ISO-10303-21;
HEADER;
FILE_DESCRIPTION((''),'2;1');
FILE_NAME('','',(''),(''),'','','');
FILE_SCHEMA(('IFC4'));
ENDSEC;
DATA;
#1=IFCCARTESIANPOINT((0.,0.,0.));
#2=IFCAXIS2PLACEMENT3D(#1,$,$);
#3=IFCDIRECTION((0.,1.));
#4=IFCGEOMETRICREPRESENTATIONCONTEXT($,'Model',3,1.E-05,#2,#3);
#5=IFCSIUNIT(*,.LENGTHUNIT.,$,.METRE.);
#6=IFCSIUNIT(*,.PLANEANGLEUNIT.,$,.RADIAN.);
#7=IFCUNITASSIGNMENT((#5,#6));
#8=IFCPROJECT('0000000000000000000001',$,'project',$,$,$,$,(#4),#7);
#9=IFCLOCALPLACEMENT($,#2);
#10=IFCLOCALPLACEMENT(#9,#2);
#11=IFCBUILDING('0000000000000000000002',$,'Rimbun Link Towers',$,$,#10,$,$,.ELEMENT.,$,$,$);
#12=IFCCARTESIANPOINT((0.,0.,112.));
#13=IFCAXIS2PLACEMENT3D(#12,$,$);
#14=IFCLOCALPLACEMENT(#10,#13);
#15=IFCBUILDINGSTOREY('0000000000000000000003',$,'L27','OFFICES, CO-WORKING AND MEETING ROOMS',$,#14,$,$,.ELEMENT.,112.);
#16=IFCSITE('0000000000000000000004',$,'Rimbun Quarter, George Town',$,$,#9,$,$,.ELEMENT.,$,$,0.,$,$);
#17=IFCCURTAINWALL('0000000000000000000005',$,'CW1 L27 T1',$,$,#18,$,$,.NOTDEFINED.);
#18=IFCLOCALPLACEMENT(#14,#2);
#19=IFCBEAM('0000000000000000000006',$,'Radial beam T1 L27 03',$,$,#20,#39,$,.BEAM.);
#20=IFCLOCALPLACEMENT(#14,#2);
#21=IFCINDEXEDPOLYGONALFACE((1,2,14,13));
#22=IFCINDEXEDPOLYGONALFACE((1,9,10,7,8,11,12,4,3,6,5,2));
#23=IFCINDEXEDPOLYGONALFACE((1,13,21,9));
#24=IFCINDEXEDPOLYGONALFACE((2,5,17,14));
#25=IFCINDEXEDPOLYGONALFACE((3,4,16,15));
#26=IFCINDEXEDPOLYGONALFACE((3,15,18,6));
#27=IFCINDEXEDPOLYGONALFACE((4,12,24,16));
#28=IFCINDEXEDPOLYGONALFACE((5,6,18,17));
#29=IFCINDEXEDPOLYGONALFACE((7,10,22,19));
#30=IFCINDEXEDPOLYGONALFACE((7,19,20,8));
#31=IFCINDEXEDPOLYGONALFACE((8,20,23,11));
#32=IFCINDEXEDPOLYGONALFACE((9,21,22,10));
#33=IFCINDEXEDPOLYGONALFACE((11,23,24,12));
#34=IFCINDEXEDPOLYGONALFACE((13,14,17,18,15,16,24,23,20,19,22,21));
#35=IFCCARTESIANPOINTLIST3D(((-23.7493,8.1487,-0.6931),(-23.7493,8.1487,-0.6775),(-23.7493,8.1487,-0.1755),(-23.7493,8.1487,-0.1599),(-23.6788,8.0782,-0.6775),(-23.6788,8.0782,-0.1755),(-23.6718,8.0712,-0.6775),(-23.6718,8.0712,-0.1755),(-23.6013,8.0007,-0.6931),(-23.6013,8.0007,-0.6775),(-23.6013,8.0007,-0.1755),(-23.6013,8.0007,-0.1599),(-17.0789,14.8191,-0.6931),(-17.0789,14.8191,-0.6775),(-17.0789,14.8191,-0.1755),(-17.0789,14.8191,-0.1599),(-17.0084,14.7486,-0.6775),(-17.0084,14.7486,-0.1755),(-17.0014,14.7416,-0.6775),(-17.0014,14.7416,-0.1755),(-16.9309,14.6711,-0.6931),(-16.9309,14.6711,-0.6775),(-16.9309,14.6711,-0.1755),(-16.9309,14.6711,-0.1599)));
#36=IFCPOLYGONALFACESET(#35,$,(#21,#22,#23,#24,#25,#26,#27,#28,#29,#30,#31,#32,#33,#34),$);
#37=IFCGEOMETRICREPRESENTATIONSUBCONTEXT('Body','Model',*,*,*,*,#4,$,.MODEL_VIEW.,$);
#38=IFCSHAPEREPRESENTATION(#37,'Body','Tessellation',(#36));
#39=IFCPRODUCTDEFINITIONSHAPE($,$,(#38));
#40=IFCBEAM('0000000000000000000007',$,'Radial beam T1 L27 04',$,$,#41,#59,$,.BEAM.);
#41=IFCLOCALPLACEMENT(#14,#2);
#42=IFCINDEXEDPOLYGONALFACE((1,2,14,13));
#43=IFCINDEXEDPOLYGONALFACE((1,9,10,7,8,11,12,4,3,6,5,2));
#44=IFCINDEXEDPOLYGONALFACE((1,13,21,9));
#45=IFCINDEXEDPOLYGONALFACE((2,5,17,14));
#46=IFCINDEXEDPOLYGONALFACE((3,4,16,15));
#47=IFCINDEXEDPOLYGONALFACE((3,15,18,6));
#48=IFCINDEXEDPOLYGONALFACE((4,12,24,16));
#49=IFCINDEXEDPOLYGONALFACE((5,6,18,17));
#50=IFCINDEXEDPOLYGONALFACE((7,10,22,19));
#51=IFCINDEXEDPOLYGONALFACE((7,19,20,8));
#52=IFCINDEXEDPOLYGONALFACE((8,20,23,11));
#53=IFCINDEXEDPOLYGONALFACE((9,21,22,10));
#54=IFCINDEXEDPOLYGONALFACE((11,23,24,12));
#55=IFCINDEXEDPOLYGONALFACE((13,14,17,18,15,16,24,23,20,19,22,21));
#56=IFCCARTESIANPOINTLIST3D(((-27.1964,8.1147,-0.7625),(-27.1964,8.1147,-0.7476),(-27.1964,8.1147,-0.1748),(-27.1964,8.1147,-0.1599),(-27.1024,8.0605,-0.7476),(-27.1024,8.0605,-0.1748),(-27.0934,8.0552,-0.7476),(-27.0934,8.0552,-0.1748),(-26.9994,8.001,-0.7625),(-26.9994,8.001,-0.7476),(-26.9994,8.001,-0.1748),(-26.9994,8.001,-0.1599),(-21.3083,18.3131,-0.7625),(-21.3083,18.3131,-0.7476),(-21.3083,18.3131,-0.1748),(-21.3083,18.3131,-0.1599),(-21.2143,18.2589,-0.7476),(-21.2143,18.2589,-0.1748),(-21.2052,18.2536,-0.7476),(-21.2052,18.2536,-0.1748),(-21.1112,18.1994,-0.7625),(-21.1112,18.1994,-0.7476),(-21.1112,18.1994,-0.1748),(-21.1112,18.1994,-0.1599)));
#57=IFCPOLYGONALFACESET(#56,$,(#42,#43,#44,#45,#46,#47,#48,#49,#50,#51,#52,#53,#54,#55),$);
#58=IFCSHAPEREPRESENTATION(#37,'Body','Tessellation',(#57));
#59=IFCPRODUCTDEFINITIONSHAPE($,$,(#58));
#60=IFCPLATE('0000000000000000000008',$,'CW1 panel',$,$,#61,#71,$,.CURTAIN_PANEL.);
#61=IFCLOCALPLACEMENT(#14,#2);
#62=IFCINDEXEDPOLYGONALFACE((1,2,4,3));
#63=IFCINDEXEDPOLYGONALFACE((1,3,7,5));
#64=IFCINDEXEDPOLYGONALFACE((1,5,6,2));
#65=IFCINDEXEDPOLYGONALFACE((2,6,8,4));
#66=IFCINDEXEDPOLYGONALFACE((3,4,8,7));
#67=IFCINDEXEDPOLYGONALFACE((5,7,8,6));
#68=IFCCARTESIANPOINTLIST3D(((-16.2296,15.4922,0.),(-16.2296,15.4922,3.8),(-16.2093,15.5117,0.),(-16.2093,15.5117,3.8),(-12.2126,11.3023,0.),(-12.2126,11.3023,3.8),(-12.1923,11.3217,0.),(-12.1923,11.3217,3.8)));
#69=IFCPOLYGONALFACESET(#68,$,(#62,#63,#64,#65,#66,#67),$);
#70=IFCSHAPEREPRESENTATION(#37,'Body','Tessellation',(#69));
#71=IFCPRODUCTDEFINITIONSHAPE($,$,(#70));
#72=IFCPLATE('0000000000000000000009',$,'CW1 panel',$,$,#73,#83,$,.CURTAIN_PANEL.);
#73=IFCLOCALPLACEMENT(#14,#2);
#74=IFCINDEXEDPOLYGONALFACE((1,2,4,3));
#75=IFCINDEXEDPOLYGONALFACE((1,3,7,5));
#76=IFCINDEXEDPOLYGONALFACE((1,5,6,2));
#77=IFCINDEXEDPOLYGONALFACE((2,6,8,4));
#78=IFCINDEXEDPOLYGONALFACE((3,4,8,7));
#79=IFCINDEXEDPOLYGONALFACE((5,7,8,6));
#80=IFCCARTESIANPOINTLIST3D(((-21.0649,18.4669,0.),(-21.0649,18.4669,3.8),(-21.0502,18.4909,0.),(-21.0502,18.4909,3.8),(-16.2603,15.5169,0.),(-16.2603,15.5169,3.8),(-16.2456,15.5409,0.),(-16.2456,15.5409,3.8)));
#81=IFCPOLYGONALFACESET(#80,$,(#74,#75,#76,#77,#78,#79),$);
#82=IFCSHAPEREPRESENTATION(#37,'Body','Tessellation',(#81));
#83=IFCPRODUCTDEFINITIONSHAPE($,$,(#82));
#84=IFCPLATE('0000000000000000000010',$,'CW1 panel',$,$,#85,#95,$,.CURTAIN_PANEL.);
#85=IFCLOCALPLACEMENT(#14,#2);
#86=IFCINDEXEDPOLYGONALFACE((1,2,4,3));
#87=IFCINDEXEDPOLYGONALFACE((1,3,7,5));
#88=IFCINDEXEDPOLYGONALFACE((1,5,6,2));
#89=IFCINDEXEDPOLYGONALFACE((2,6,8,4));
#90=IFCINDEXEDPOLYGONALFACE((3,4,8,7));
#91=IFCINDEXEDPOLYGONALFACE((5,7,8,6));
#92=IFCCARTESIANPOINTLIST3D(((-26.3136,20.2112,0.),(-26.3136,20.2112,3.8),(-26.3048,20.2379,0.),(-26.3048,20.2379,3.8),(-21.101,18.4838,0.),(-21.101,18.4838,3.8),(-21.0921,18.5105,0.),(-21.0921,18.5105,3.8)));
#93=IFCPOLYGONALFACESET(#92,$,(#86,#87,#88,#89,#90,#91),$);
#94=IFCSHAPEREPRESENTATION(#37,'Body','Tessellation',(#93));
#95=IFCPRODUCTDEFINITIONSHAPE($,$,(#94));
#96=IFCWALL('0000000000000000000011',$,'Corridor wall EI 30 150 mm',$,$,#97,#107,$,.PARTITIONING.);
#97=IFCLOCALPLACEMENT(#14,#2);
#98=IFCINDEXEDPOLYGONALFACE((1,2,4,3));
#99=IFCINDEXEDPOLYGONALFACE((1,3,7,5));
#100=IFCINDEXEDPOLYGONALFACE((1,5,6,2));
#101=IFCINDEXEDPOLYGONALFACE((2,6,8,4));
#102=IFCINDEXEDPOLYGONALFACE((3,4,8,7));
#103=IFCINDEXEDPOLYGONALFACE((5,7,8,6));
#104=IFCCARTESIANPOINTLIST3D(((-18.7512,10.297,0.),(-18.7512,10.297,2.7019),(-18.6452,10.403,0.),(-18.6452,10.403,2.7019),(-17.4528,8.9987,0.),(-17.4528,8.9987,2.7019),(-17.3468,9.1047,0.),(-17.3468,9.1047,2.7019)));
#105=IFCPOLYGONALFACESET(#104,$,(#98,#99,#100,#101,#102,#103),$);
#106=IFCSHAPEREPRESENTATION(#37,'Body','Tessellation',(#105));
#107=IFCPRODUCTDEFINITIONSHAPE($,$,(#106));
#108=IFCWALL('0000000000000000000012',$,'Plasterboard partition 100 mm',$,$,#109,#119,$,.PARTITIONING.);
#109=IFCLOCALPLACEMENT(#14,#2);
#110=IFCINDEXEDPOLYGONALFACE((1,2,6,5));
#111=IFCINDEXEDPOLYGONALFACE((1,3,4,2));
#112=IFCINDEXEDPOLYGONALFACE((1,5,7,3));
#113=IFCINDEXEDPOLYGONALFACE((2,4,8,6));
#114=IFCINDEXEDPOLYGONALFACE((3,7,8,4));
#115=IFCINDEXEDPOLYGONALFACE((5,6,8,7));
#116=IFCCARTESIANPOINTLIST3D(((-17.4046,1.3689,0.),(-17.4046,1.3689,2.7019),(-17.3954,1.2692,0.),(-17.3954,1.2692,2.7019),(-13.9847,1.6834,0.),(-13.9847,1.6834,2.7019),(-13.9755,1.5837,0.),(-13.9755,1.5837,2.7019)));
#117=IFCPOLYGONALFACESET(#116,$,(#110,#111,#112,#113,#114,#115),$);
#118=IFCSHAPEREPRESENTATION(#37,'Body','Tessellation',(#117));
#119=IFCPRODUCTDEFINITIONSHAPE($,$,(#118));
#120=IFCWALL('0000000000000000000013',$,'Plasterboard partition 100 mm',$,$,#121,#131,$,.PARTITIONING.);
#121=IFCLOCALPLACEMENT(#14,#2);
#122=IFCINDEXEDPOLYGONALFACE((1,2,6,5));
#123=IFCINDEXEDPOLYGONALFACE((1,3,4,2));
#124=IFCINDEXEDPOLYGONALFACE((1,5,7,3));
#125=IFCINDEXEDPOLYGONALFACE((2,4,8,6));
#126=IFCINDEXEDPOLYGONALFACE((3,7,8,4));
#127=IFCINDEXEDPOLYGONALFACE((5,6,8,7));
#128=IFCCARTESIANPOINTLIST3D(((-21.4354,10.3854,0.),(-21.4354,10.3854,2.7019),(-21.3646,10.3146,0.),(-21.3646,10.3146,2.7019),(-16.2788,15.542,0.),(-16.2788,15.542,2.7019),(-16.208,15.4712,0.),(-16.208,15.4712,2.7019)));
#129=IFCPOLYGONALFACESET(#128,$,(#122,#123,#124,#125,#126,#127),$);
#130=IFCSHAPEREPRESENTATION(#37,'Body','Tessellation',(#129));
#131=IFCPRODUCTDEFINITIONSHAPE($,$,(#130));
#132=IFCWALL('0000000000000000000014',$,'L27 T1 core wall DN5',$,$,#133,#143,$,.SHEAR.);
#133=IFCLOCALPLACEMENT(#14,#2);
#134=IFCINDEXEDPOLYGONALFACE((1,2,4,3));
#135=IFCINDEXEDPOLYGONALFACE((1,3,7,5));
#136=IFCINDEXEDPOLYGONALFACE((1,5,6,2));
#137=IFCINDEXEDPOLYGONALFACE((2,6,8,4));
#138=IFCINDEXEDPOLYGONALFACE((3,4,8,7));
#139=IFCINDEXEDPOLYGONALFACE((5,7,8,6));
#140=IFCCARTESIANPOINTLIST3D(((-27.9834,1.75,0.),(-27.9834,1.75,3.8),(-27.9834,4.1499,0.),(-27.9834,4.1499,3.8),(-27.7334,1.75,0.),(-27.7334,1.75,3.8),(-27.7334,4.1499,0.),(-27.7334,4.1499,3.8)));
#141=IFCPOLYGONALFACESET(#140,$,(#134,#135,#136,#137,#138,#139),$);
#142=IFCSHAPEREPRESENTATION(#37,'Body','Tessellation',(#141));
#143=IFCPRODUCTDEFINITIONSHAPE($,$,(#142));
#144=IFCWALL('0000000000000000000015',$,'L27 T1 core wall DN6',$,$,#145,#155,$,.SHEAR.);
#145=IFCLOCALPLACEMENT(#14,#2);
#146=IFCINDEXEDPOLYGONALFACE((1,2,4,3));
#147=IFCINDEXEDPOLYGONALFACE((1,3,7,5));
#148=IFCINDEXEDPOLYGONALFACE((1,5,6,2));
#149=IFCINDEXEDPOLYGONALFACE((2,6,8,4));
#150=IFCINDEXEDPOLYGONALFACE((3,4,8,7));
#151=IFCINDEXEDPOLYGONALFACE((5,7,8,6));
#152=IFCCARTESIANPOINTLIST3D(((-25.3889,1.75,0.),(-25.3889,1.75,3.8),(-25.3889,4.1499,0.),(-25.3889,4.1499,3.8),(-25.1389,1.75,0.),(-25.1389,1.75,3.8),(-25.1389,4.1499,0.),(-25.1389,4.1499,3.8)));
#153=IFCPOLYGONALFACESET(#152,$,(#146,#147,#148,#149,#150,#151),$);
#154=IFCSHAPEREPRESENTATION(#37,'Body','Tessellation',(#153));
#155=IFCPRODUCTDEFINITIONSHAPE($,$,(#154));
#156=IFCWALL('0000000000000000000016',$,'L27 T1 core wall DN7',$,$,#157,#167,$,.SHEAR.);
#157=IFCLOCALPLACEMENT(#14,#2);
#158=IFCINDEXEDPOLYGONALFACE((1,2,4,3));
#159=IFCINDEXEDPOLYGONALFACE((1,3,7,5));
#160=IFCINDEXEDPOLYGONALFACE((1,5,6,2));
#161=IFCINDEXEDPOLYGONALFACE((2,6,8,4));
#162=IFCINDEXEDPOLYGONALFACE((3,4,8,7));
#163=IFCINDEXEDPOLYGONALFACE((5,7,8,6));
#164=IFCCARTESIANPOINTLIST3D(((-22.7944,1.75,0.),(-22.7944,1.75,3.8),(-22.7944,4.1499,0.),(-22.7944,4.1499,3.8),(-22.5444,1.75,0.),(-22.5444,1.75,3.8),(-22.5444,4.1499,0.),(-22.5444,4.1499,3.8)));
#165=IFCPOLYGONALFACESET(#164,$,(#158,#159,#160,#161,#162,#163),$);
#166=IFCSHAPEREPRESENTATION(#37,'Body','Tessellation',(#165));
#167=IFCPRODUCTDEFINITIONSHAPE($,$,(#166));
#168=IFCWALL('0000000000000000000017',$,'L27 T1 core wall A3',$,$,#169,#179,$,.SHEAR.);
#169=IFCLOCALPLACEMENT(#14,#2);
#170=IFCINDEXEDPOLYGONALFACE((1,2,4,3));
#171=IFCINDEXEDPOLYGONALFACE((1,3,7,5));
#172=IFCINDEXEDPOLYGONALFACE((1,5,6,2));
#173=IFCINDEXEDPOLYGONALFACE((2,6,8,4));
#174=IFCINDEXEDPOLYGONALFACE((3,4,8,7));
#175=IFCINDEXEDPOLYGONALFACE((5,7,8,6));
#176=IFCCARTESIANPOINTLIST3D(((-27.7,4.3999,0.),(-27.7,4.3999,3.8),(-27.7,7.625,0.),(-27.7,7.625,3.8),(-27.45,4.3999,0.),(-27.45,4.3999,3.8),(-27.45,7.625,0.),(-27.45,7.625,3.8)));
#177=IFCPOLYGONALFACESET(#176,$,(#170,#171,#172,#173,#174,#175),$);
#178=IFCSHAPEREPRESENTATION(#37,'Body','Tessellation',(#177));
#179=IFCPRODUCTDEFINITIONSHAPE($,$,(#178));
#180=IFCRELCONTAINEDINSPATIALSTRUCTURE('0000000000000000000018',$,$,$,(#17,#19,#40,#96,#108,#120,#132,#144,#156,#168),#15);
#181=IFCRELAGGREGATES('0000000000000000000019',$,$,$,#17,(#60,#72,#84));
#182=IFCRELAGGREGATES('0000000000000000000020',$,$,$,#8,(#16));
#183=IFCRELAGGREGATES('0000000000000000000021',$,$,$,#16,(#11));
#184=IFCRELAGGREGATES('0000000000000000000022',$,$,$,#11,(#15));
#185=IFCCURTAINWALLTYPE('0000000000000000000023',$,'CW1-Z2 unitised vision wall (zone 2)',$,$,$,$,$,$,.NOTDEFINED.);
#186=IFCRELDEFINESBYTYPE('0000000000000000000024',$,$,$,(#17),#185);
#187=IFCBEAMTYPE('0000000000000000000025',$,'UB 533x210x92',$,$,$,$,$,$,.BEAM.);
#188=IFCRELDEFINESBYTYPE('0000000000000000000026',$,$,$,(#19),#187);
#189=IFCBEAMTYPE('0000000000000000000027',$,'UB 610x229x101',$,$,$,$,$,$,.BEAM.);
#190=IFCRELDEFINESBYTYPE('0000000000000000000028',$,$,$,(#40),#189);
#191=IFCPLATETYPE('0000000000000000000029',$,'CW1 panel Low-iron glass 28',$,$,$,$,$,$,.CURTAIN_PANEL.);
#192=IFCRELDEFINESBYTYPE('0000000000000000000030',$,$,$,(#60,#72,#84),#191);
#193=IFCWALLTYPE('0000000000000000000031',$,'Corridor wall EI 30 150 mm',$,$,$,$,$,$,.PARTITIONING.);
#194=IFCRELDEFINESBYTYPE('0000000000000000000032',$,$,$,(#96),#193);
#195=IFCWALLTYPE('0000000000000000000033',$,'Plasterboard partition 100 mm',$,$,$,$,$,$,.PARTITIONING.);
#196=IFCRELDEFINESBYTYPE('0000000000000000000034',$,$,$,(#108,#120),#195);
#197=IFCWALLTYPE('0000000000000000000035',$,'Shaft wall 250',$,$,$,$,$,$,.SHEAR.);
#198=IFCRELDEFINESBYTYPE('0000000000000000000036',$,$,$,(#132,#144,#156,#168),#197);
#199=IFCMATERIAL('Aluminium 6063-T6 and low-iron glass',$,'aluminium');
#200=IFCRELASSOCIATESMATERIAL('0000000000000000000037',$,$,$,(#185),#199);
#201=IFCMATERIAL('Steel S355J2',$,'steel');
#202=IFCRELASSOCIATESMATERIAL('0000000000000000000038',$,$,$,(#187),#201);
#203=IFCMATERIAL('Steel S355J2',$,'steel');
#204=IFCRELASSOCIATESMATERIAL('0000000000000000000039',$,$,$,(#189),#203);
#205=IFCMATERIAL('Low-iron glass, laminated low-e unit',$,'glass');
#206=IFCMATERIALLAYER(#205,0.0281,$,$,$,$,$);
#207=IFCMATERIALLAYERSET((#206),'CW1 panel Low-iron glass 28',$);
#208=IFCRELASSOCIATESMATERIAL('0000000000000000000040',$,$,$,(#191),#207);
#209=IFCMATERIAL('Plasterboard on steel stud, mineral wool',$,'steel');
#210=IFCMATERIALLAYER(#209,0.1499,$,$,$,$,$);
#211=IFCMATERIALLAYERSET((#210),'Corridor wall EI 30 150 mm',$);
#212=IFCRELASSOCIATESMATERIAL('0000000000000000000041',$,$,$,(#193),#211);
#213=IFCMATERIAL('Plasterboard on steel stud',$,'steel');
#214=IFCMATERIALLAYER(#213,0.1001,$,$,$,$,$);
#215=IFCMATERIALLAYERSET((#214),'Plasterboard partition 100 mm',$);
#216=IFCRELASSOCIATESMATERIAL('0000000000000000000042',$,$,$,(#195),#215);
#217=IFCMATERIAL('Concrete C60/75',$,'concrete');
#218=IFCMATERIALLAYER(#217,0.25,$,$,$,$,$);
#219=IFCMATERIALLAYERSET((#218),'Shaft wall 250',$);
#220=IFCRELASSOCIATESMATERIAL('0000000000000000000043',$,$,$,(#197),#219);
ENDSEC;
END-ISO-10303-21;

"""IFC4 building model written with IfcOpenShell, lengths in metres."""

from ifc_helpers import new_model, si_unit, direction, frame, frame_2d, origin, origin_2d, place, context, subcontext, project, spatial, rectangle, i_section, extrude, material, layer, layer_set, material_profile, profile_set, type_object, element, aggregate, save


model = new_model("IFC4")

# Units and contexts
model_context = context("Model", 3, precision=1e-05, world=origin(), true_north=direction((0.0, 1.0)))
body_context = subcontext(model_context, "Body", "Model", "MODEL_VIEW")
ifc_project = project(units=[si_unit("LENGTHUNIT", "METRE"), si_unit("PLANEANGLEUNIT", "RADIAN")], contexts=[model_context])

# Site, building, storey
site_placement = place(None, origin())
site = spatial("IfcSite", under=ifc_project, at=site_placement, Name="Rimbun Quarter, George Town", CompositionType="ELEMENT", RefElevation=0.0)
building_placement = place(site_placement, origin())
building = spatial("IfcBuilding", under=site, at=building_placement, Name="Rimbun Link Towers", CompositionType="ELEMENT")
storey_placement = place(building_placement, frame((0.0, 0.0, 112.0)))
storey = spatial("IfcBuildingStorey", under=building, at=storey_placement, Name="L27", Description="OFFICES, CO-WORKING AND MEETING ROOMS", CompositionType="ELEMENT", Elevation=112.0)

# Curtain wall
ifc_material_1 = material(Name="Aluminium 6063-T6 and low-iron glass", Category="aluminium")
curtain_wall_type = type_object("IfcCurtainWallType", Name="CW1-Z2 unitised vision wall (zone 2)", PredefinedType="NOTDEFINED", material=ifc_material_1)
curtain_wall_placement = place(storey_placement, origin())
curtain_wall = element("IfcCurtainWall", 1, at=curtain_wall_placement, inside=storey, type_object=curtain_wall_type, Name="CW1 L27 T1", PredefinedType="NOTDEFINED")

# Beams
ifc_material_2 = material(Name="Steel S355J2", Category="steel")
ifc_material_profile_1 = material_profile(ifc_material_2, i_section(OverallWidth=0.2092, OverallDepth=0.5332, WebThickness=0.01, FlangeThickness=0.0156, at=origin_2d()), Name="UB 533x210x92")
ifc_profile_set_1 = profile_set([ifc_material_profile_1], Name="Steel S355J2")
beam_type_1 = type_object("IfcBeamType", Name="UB 533x210x92", PredefinedType="BEAM", material=ifc_profile_set_1)
beam_1_placement = place(storey_placement, frame((-23.6753, 8.0747, -0.4265), z_axis=(0.707107, 0.707107, 0.0), x_axis=(-0.707107, 0.707107, 0.0)))
element("IfcBeam", 2, at=beam_1_placement, inside=storey, type_object=beam_type_1, Name="Radial beam T1 L27 03", PredefinedType="BEAM", context=body_context, shape_type="SweptSolid", body=[
    extrude(i_section(OverallWidth=0.2092, OverallDepth=0.5332, WebThickness=0.01, FlangeThickness=0.0156, at=origin_2d()), origin(), (0.0, 0.0, 1.0), 9.4333),
])
ifc_material_3 = material(Name="Steel S355J2", Category="steel")
ifc_material_profile_2 = material_profile(ifc_material_3, i_section(OverallWidth=0.2275, OverallDepth=0.6025, WebThickness=0.0105, FlangeThickness=0.0149, at=origin_2d()), Name="UB 610x229x101")
ifc_profile_set_2 = profile_set([ifc_material_profile_2], Name="Steel S355J2")
beam_type_2 = type_object("IfcBeamType", Name="UB 610x229x101", PredefinedType="BEAM", material=ifc_profile_set_2)
beam_2_placement = place(storey_placement, frame((-27.0979, 8.0579, -0.4612), z_axis=(0.500005, 0.866022, 0.0), x_axis=(-0.866022, 0.500005, 0.0)))
element("IfcBeam", 3, at=beam_2_placement, inside=storey, type_object=beam_type_2, Name="Radial beam T1 L27 04", PredefinedType="BEAM", context=body_context, shape_type="SweptSolid", body=[
    extrude(i_section(OverallWidth=0.2275, OverallDepth=0.6025, WebThickness=0.0105, FlangeThickness=0.0149, at=origin_2d()), origin(), (0.0, 0.0, 1.0), 11.7761),
])

# Plates
ifc_material_4 = material(Name="Low-iron glass, laminated low-e unit", Category="glass")
ifc_layer_1 = layer(ifc_material_4, 0.0281)
ifc_layer_set_1 = layer_set([ifc_layer_1], Name="CW1 panel Low-iron glass 28")
plate_type = type_object("IfcPlateType", Name="CW1 panel Low-iron glass 28", PredefinedType="CURTAIN_PANEL", material=ifc_layer_set_1)
plate_1_placement = place(storey_placement, frame((-14.2109, 13.407, 0.0), z_axis=(0.0, 0.0, 1.0), x_axis=(0.692055, -0.721845, 0.0)))
plate_1 = element("IfcPlate", 4, at=plate_1_placement, type_object=plate_type, Name="CW1 panel", PredefinedType="CURTAIN_PANEL", context=body_context, shape_type="SweptSolid", body=[
    extrude(rectangle(XDim=5.8044, YDim=0.0281, at=origin_2d()), origin(), (0.0, 0.0, 1.0), 3.8),
])
plate_2_placement = place(storey_placement, frame((-18.6553, 17.0039, 0.0), z_axis=(0.0, 0.0, 1.0), x_axis=(0.852185, -0.523241, 0.0)))
plate_2 = element("IfcPlate", 5, at=plate_2_placement, type_object=plate_type, Name="CW1 panel", PredefinedType="CURTAIN_PANEL", context=body_context, shape_type="SweptSolid", body=[
    extrude(rectangle(XDim=5.6379, YDim=0.0281, at=origin_2d()), origin(), (0.0, 0.0, 1.0), 3.8),
])
plate_3_placement = place(storey_placement, frame((-23.7029, 19.3608, 0.0), z_axis=(0.0, 0.0, 1.0), x_axis=(0.949237, -0.314562, 0.0)))
plate_3 = element("IfcPlate", 6, at=plate_3_placement, type_object=plate_type, Name="CW1 panel", PredefinedType="CURTAIN_PANEL", context=body_context, shape_type="SweptSolid", body=[
    extrude(rectangle(XDim=5.4915, YDim=0.0281, at=origin_2d()), origin(), (0.0, 0.0, 1.0), 3.8),
])
aggregate(curtain_wall, [plate_1, plate_2, plate_3])

# Walls
ifc_material_5 = material(Name="Plasterboard on steel stud, mineral wool", Category="steel")
ifc_layer_2 = layer(ifc_material_5, 0.1499)
ifc_layer_set_2 = layer_set([ifc_layer_2], Name="Corridor wall EI 30 150 mm")
wall_type_1 = type_object("IfcWallType", Name="Corridor wall EI 30 150 mm", PredefinedType="PARTITIONING", material=ifc_layer_set_2)
wall_1_placement = place(storey_placement, frame((-17.3999, 9.0518, 0.0), z_axis=(0.0, 0.0, 1.0), x_axis=(-0.707107, 0.707107, 0.0)))
element("IfcWall", 7, at=wall_1_placement, inside=storey, type_object=wall_type_1, Name="Corridor wall EI 30 150 mm", PredefinedType="PARTITIONING", context=body_context, shape_type="SweptSolid", body=[
    extrude(rectangle(XDim=1.8362, YDim=0.1499, at=frame_2d((0.918, 0.0))), origin(), (0.0, 0.0, 1.0), 2.7019),
])
ifc_material_6 = material(Name="Plasterboard on steel stud", Category="steel")
ifc_layer_3 = layer(ifc_material_6, 0.1001)
ifc_layer_set_3 = layer_set([ifc_layer_3], Name="Plasterboard partition 100 mm")
wall_type_2 = type_object("IfcWallType", Name="Plasterboard partition 100 mm", PredefinedType="PARTITIONING", material=ifc_layer_set_3)
wall_2_placement = place(storey_placement, frame((-13.98, 1.6335, 0.0), z_axis=(0.0, 0.0, 1.0), x_axis=(-0.995799, -0.091561, 0.0)))
element("IfcWall", 8, at=wall_2_placement, inside=storey, type_object=wall_type_2, Name="Plasterboard partition 100 mm", PredefinedType="PARTITIONING", context=body_context, shape_type="SweptSolid", body=[
    extrude(rectangle(XDim=3.4343, YDim=0.1001, at=frame_2d((1.7173, 0.0))), origin(), (0.0, 0.0, 1.0), 2.7019),
])
wall_3_placement = place(storey_placement, frame((-16.2434, 15.5066, 0.0), z_axis=(0.0, 0.0, 1.0), x_axis=(-0.707107, -0.707107, 0.0)))
element("IfcWall", 9, at=wall_3_placement, inside=storey, type_object=wall_type_2, Name="Plasterboard partition 100 mm", PredefinedType="PARTITIONING", context=body_context, shape_type="SweptSolid", body=[
    extrude(rectangle(XDim=7.2925, YDim=0.1001, at=frame_2d((3.6462, 0.0))), origin(), (0.0, 0.0, 1.0), 2.7019),
])
ifc_material_7 = material(Name="Concrete C60/75", Category="concrete")
ifc_layer_4 = layer(ifc_material_7, 0.25)
ifc_layer_set_4 = layer_set([ifc_layer_4], Name="Shaft wall 250")
wall_type_3 = type_object("IfcWallType", Name="Shaft wall 250", PredefinedType="SHEAR", material=ifc_layer_set_4)
for number, where, z_axis, x_axis, name in (
    (10, (-27.8584, 1.75, 0.0), (0.0, 0.0, 1.0), (0.0, 1.0, 0.0), "L27 T1 core wall DN5"),
    (11, (-25.2639, 1.75, 0.0), (0.0, 0.0, 1.0), (0.0, 1.0, 0.0), "L27 T1 core wall DN6"),
    (12, (-22.6694, 1.75, 0.0), (0.0, 0.0, 1.0), (0.0, 1.0, 0.0), "L27 T1 core wall DN7"),
):
    element("IfcWall", number, at=place(storey_placement, frame(where, z_axis=z_axis, x_axis=x_axis)), inside=storey, type_object=wall_type_3, Name=name, PredefinedType="SHEAR", context=body_context, shape_type="SweptSolid", body=[
        extrude(rectangle(XDim=2.3999, YDim=0.25, at=frame_2d((1.2, 0.0))), origin(), (0.0, 0.0, 1.0), 3.8),
    ])
wall_4_placement = place(storey_placement, frame((-27.575, 4.3999, 0.0), z_axis=(0.0, 0.0, 1.0), x_axis=(0.0, 1.0, 0.0)))
element("IfcWall", 13, at=wall_4_placement, inside=storey, type_object=wall_type_3, Name="L27 T1 core wall A3", PredefinedType="SHEAR", context=body_context, shape_type="SweptSolid", body=[
    extrude(rectangle(XDim=3.2251, YDim=0.25, at=frame_2d((1.6125, 0.0))), origin(), (0.0, 0.0, 1.0), 3.8),
])

save(model, "model.ifc")
